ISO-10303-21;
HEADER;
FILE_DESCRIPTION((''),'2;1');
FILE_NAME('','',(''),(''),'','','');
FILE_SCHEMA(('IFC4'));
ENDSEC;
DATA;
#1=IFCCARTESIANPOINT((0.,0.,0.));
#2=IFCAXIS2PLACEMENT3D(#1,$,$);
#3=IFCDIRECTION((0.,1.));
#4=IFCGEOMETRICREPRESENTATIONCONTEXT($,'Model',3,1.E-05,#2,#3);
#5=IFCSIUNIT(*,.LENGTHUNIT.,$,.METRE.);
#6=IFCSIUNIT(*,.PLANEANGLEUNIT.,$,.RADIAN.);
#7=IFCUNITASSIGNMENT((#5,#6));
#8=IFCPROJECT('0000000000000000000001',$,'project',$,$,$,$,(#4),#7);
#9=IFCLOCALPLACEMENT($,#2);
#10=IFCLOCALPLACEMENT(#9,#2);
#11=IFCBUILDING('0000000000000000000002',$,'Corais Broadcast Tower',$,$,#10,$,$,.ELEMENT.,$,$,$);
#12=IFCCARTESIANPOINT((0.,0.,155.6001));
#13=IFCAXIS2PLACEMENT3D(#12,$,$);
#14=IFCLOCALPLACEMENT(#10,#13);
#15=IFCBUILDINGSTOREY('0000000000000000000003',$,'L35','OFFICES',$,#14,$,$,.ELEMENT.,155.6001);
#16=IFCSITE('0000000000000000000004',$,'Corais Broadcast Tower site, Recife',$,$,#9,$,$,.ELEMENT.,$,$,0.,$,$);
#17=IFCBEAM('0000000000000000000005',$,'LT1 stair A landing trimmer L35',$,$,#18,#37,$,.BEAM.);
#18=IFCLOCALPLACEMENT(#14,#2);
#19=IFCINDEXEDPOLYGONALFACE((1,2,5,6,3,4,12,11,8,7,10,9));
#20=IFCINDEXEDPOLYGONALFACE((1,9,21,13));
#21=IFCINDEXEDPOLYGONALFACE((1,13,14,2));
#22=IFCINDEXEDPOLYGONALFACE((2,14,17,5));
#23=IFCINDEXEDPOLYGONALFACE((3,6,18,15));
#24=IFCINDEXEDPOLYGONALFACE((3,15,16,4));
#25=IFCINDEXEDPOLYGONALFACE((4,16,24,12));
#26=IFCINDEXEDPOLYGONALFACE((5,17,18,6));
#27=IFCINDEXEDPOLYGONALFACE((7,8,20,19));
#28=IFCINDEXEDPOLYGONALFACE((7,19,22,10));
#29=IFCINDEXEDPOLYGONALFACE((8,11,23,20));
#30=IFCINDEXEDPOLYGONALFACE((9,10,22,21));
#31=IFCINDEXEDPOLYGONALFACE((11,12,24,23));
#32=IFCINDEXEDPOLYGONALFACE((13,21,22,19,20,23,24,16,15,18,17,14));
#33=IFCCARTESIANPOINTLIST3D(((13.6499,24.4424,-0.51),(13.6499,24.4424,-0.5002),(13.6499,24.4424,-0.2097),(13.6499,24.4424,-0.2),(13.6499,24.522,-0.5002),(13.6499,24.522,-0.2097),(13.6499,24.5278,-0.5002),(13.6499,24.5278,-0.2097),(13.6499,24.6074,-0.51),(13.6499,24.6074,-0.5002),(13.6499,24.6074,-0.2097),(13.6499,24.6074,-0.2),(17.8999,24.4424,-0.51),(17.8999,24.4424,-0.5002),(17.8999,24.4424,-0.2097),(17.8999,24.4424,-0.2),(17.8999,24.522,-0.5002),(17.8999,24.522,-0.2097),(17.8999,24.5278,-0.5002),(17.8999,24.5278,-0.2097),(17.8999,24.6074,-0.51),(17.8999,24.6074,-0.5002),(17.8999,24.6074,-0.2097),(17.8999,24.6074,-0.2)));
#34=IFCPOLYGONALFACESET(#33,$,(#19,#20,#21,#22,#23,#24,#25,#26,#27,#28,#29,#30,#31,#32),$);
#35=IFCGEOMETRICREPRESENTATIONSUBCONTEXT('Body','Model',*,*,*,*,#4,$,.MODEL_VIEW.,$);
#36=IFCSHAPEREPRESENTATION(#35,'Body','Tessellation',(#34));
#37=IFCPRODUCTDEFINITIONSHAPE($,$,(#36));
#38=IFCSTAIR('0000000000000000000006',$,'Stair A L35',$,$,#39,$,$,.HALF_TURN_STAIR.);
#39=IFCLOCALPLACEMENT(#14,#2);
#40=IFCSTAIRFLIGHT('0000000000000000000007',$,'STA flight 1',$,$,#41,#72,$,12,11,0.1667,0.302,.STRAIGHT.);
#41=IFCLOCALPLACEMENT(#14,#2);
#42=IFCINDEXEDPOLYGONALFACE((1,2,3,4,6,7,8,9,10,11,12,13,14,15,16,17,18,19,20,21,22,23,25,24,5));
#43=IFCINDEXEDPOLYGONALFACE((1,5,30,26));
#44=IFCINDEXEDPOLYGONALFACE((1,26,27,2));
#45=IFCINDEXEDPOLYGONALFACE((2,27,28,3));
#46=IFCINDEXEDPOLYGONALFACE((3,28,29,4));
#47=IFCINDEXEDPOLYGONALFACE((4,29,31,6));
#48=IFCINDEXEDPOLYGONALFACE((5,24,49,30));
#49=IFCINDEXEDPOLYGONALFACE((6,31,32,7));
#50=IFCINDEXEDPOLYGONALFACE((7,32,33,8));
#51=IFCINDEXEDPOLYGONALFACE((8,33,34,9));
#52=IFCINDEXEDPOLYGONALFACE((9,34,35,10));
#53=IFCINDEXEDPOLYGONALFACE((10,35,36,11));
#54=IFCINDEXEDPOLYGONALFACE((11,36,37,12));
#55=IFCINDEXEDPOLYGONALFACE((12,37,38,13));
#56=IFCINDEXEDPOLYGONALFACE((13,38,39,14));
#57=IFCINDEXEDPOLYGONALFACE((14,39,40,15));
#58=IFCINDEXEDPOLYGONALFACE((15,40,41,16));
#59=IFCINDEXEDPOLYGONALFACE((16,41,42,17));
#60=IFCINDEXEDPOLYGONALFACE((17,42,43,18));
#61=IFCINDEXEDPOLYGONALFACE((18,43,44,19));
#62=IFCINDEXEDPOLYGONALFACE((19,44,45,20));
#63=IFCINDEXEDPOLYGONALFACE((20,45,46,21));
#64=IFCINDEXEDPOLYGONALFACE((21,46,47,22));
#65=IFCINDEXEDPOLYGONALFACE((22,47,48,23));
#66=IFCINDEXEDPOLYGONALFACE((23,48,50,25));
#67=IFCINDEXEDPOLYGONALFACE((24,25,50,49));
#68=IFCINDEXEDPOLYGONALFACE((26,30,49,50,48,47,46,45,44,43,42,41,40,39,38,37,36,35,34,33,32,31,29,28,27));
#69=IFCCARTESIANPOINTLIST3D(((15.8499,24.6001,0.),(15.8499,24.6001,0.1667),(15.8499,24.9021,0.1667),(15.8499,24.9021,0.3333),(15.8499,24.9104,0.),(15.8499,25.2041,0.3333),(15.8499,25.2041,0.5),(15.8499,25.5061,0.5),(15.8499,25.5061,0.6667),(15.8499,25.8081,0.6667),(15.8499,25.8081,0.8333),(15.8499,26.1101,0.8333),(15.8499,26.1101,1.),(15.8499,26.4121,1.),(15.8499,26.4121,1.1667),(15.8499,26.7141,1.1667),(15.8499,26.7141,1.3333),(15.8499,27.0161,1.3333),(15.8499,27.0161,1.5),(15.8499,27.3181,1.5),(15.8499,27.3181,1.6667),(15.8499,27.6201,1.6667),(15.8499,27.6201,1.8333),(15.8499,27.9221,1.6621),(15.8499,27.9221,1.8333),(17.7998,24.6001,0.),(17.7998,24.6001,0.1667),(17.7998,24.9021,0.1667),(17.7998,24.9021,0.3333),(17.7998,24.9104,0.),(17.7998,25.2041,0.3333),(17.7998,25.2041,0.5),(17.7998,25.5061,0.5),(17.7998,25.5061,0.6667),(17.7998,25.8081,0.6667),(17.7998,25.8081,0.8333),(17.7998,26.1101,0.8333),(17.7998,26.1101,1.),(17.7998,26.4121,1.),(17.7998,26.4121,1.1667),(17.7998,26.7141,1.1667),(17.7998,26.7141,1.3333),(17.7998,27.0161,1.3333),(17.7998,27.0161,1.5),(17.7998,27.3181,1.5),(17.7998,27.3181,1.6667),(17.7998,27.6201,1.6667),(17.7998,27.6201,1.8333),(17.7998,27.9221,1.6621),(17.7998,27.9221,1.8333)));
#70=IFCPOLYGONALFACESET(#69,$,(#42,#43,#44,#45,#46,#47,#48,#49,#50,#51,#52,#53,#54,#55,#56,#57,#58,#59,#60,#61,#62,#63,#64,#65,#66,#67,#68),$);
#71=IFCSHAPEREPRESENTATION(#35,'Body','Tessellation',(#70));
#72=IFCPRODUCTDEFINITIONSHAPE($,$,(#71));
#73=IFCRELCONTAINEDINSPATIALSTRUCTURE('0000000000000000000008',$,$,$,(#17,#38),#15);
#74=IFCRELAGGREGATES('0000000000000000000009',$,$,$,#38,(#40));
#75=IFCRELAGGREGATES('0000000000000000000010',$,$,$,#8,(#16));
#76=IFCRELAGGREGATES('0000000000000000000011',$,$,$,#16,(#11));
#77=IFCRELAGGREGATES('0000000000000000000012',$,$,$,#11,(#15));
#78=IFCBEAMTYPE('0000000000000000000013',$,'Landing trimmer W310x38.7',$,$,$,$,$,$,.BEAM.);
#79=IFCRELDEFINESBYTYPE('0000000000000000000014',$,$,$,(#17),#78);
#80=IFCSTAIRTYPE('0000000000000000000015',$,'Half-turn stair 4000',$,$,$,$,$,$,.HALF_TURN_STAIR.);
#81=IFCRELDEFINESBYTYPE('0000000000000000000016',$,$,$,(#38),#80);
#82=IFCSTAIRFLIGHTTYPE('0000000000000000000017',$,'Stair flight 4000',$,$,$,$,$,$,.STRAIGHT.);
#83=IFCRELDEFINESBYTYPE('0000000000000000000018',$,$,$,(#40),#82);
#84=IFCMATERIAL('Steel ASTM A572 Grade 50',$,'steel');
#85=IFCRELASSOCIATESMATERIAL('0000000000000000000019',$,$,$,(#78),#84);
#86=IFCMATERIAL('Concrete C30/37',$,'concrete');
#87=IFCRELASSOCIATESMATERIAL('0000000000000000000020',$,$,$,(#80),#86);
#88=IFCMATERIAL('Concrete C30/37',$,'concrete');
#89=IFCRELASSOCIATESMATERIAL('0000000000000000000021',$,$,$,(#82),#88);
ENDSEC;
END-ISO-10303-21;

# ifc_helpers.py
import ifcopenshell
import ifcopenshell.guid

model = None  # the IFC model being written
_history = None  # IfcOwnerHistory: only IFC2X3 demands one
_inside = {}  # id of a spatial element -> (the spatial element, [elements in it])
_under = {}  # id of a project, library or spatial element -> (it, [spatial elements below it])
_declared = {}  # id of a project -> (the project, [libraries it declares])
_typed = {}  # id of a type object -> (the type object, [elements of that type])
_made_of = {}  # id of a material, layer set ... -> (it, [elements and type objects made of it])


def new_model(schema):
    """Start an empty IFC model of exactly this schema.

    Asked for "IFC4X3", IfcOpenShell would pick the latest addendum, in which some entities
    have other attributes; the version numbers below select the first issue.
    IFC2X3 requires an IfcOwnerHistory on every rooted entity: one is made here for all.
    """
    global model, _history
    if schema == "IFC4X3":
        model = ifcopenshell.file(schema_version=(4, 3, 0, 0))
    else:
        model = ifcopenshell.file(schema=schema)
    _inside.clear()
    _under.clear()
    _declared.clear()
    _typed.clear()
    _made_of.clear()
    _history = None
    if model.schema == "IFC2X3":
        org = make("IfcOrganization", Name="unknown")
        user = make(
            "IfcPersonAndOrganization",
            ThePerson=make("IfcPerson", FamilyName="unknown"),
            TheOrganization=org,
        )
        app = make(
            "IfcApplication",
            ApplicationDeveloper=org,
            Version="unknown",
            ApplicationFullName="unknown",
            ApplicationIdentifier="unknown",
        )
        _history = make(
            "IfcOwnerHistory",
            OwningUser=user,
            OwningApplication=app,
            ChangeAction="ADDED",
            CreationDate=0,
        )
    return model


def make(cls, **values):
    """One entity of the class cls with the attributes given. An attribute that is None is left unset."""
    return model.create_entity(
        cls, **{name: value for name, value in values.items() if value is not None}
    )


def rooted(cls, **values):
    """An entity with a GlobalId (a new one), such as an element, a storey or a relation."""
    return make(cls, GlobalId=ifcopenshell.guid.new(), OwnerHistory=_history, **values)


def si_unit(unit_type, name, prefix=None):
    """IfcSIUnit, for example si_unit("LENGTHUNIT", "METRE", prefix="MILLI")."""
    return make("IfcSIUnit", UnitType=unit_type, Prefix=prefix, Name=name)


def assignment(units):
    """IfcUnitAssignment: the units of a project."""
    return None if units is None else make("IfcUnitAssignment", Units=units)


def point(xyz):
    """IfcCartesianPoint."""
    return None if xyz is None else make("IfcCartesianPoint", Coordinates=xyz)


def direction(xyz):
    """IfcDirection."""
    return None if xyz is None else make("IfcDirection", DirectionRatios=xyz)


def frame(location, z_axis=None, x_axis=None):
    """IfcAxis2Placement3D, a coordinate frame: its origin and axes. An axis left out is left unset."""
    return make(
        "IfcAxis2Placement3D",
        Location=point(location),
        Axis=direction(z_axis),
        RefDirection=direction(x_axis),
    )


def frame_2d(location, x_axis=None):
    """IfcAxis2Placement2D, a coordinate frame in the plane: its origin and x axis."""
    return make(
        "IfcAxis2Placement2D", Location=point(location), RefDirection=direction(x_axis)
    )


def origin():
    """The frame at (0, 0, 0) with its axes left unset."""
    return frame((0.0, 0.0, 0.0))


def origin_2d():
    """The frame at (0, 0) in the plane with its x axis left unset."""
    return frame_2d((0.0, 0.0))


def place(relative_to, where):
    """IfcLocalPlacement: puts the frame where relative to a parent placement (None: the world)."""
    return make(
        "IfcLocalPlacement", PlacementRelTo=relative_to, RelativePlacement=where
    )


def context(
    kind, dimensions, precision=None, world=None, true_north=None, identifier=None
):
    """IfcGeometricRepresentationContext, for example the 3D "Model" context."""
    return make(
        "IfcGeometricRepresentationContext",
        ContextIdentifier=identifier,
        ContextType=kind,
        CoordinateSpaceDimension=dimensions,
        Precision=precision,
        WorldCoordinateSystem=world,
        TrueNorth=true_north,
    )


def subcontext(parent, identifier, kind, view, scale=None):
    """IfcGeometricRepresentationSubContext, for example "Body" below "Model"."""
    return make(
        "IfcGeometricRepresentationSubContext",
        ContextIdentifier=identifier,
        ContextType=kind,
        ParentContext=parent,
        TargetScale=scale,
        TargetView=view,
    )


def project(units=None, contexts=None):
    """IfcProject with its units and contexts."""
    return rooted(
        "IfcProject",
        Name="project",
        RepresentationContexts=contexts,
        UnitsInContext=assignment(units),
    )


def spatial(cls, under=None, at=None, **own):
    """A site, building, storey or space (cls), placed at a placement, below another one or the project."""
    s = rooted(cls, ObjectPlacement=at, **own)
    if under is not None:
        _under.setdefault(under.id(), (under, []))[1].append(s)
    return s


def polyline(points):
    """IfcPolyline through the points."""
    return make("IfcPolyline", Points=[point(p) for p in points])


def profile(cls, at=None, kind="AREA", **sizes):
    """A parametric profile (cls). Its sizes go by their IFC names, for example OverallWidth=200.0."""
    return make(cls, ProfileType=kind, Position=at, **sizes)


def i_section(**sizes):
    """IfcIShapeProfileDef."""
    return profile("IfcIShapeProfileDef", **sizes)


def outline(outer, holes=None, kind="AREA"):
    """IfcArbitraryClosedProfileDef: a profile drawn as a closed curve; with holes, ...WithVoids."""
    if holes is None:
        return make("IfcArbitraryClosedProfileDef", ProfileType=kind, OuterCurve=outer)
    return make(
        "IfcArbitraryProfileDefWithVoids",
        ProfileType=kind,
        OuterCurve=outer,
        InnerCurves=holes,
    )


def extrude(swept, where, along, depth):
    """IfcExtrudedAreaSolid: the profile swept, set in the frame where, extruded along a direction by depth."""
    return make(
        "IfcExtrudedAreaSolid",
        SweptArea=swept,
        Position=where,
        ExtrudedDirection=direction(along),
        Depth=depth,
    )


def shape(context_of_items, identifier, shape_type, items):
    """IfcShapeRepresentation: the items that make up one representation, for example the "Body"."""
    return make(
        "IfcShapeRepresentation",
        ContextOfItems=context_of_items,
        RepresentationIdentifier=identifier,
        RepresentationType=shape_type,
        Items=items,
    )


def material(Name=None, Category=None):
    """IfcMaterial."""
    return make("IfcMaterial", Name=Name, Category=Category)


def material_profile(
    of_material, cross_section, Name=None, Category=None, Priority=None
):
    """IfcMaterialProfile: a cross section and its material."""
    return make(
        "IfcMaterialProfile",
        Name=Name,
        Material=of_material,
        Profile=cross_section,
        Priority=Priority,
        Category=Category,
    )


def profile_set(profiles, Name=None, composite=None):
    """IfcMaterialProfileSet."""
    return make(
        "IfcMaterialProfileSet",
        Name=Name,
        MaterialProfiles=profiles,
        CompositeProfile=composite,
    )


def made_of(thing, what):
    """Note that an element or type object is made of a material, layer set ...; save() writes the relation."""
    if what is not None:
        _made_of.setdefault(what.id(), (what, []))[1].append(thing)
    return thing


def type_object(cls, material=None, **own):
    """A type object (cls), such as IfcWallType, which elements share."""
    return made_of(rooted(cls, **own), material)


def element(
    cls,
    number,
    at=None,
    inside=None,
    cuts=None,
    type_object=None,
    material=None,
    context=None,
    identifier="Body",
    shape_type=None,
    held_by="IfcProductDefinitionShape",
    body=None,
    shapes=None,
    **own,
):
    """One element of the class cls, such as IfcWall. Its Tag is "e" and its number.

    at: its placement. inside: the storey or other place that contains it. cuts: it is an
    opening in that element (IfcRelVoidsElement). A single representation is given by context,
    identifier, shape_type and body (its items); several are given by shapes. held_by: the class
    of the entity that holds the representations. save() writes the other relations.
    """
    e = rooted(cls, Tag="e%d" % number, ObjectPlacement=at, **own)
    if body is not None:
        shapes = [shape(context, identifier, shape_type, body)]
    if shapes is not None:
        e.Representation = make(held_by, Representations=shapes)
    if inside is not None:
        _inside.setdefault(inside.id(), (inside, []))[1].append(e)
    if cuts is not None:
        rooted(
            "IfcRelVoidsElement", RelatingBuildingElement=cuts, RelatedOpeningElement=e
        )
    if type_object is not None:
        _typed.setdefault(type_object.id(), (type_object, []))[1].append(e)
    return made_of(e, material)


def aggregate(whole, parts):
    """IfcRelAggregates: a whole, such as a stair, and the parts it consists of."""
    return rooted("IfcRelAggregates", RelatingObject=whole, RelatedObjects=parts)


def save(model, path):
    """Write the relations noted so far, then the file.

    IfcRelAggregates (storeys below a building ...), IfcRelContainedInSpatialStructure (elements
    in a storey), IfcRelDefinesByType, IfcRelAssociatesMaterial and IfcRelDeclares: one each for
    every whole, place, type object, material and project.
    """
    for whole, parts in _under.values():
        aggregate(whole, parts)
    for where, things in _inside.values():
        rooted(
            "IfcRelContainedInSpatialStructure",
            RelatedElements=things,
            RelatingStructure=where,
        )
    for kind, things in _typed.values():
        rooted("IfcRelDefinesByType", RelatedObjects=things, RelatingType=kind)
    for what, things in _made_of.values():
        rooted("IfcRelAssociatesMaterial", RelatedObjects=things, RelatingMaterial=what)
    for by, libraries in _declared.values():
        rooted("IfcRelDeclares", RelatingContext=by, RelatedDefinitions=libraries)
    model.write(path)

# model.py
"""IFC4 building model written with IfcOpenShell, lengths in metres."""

from ifc_helpers import new_model, si_unit, direction, frame, origin, origin_2d, place, context, subcontext, project, spatial, polyline, i_section, outline, extrude, material, material_profile, profile_set, type_object, element, aggregate, save


model = new_model("IFC4")

# Units and contexts
model_context = context("Model", 3, precision=1e-05, world=origin(), true_north=direction((0.0, 1.0)))
body_context = subcontext(model_context, "Body", "Model", "MODEL_VIEW")
ifc_project = project(units=[si_unit("LENGTHUNIT", "METRE"), si_unit("PLANEANGLEUNIT", "RADIAN")], contexts=[model_context])

# Site, building, storey
site_placement = place(None, origin())
site = spatial("IfcSite", under=ifc_project, at=site_placement, Name="Corais Broadcast Tower site, Recife", CompositionType="ELEMENT", RefElevation=0.0)
building_placement = place(site_placement, origin())
building = spatial("IfcBuilding", under=site, at=building_placement, Name="Corais Broadcast Tower", CompositionType="ELEMENT")
storey_placement = place(building_placement, frame((0.0, 0.0, 155.6001)))
storey = spatial("IfcBuildingStorey", under=building, at=storey_placement, Name="L35", Description="OFFICES", CompositionType="ELEMENT", Elevation=155.6001)

# Beam
ifc_material_1 = material(Name="Steel ASTM A572 Grade 50", Category="steel")
ifc_material_profile = material_profile(ifc_material_1, i_section(OverallWidth=0.165, OverallDepth=0.3101, WebThickness=0.0059, FlangeThickness=0.0098, at=origin_2d()), Name="W310x38.7")
ifc_profile_set = profile_set([ifc_material_profile], Name="Steel ASTM A572 Grade 50")
beam_type = type_object("IfcBeamType", Name="Landing trimmer W310x38.7", PredefinedType="BEAM", material=ifc_profile_set)
beam_placement = place(storey_placement, frame((13.6499, 24.5249, -0.355), z_axis=(1.0, 0.0, 0.0), x_axis=(0.0, 1.0, 0.0)))
element("IfcBeam", 1, at=beam_placement, inside=storey, type_object=beam_type, Name="LT1 stair A landing trimmer L35", PredefinedType="BEAM", context=body_context, shape_type="SweptSolid", body=[
    extrude(i_section(OverallWidth=0.165, OverallDepth=0.3101, WebThickness=0.0059, FlangeThickness=0.0098, at=origin_2d()), origin(), (0.0, 0.0, 1.0), 4.25),
])

# Stair, stair flight
ifc_material_2 = material(Name="Concrete C30/37", Category="concrete")
stair_type = type_object("IfcStairType", Name="Half-turn stair 4000", PredefinedType="HALF_TURN_STAIR", material=ifc_material_2)
stair_placement = place(storey_placement, origin())
stair = element("IfcStair", 2, at=stair_placement, inside=storey, type_object=stair_type, Name="Stair A L35", PredefinedType="HALF_TURN_STAIR")
ifc_material_3 = material(Name="Concrete C30/37", Category="concrete")
stair_flight_type = type_object("IfcStairFlightType", Name="Stair flight 4000", PredefinedType="STRAIGHT", material=ifc_material_3)
stair_flight_placement = place(storey_placement, frame((16.825, 24.6001, 0.0), z_axis=(0.0, 0.0, 1.0), x_axis=(0.0, 1.0, 0.0)))
stair_flight = element("IfcStairFlight", 3, at=stair_flight_placement, type_object=stair_flight_type, Name="STA flight 1", NumberOfRisers=12, NumberOfTreads=11, PredefinedType="STRAIGHT", RiserHeight=0.1667, TreadLength=0.302, context=body_context, shape_type="SweptSolid", body=[
    extrude(outline(polyline([(0.0, 0.0), (0.0, 0.1667), (0.302, 0.1667), (0.302, 0.3333), (0.604, 0.3333), (0.604, 0.5), (0.906, 0.5), (0.906, 0.6667), (1.208, 0.6667), (1.208, 0.8333), (1.51, 0.8333), (1.51, 1.0), (1.812, 1.0), (1.812, 1.1667), (2.114, 1.1667), (2.114, 1.3333), (2.416, 1.3333), (2.416, 1.5), (2.718, 1.5), (2.718, 1.6667), (3.02, 1.6667), (3.02, 1.8333), (3.322, 1.8333), (3.322, 2.0), (3.322, 1.6621), (0.3103, 0.0), (0.0, 0.0)])), frame((0.0, 0.9751, 0.0), z_axis=(0.0, -1.0, 0.0), x_axis=(1.0, 0.0, 0.0)), (0.0, 0.0, 1.0), 1.95),
])
aggregate(stair, [stair_flight])

save(model, "model.ifc")
